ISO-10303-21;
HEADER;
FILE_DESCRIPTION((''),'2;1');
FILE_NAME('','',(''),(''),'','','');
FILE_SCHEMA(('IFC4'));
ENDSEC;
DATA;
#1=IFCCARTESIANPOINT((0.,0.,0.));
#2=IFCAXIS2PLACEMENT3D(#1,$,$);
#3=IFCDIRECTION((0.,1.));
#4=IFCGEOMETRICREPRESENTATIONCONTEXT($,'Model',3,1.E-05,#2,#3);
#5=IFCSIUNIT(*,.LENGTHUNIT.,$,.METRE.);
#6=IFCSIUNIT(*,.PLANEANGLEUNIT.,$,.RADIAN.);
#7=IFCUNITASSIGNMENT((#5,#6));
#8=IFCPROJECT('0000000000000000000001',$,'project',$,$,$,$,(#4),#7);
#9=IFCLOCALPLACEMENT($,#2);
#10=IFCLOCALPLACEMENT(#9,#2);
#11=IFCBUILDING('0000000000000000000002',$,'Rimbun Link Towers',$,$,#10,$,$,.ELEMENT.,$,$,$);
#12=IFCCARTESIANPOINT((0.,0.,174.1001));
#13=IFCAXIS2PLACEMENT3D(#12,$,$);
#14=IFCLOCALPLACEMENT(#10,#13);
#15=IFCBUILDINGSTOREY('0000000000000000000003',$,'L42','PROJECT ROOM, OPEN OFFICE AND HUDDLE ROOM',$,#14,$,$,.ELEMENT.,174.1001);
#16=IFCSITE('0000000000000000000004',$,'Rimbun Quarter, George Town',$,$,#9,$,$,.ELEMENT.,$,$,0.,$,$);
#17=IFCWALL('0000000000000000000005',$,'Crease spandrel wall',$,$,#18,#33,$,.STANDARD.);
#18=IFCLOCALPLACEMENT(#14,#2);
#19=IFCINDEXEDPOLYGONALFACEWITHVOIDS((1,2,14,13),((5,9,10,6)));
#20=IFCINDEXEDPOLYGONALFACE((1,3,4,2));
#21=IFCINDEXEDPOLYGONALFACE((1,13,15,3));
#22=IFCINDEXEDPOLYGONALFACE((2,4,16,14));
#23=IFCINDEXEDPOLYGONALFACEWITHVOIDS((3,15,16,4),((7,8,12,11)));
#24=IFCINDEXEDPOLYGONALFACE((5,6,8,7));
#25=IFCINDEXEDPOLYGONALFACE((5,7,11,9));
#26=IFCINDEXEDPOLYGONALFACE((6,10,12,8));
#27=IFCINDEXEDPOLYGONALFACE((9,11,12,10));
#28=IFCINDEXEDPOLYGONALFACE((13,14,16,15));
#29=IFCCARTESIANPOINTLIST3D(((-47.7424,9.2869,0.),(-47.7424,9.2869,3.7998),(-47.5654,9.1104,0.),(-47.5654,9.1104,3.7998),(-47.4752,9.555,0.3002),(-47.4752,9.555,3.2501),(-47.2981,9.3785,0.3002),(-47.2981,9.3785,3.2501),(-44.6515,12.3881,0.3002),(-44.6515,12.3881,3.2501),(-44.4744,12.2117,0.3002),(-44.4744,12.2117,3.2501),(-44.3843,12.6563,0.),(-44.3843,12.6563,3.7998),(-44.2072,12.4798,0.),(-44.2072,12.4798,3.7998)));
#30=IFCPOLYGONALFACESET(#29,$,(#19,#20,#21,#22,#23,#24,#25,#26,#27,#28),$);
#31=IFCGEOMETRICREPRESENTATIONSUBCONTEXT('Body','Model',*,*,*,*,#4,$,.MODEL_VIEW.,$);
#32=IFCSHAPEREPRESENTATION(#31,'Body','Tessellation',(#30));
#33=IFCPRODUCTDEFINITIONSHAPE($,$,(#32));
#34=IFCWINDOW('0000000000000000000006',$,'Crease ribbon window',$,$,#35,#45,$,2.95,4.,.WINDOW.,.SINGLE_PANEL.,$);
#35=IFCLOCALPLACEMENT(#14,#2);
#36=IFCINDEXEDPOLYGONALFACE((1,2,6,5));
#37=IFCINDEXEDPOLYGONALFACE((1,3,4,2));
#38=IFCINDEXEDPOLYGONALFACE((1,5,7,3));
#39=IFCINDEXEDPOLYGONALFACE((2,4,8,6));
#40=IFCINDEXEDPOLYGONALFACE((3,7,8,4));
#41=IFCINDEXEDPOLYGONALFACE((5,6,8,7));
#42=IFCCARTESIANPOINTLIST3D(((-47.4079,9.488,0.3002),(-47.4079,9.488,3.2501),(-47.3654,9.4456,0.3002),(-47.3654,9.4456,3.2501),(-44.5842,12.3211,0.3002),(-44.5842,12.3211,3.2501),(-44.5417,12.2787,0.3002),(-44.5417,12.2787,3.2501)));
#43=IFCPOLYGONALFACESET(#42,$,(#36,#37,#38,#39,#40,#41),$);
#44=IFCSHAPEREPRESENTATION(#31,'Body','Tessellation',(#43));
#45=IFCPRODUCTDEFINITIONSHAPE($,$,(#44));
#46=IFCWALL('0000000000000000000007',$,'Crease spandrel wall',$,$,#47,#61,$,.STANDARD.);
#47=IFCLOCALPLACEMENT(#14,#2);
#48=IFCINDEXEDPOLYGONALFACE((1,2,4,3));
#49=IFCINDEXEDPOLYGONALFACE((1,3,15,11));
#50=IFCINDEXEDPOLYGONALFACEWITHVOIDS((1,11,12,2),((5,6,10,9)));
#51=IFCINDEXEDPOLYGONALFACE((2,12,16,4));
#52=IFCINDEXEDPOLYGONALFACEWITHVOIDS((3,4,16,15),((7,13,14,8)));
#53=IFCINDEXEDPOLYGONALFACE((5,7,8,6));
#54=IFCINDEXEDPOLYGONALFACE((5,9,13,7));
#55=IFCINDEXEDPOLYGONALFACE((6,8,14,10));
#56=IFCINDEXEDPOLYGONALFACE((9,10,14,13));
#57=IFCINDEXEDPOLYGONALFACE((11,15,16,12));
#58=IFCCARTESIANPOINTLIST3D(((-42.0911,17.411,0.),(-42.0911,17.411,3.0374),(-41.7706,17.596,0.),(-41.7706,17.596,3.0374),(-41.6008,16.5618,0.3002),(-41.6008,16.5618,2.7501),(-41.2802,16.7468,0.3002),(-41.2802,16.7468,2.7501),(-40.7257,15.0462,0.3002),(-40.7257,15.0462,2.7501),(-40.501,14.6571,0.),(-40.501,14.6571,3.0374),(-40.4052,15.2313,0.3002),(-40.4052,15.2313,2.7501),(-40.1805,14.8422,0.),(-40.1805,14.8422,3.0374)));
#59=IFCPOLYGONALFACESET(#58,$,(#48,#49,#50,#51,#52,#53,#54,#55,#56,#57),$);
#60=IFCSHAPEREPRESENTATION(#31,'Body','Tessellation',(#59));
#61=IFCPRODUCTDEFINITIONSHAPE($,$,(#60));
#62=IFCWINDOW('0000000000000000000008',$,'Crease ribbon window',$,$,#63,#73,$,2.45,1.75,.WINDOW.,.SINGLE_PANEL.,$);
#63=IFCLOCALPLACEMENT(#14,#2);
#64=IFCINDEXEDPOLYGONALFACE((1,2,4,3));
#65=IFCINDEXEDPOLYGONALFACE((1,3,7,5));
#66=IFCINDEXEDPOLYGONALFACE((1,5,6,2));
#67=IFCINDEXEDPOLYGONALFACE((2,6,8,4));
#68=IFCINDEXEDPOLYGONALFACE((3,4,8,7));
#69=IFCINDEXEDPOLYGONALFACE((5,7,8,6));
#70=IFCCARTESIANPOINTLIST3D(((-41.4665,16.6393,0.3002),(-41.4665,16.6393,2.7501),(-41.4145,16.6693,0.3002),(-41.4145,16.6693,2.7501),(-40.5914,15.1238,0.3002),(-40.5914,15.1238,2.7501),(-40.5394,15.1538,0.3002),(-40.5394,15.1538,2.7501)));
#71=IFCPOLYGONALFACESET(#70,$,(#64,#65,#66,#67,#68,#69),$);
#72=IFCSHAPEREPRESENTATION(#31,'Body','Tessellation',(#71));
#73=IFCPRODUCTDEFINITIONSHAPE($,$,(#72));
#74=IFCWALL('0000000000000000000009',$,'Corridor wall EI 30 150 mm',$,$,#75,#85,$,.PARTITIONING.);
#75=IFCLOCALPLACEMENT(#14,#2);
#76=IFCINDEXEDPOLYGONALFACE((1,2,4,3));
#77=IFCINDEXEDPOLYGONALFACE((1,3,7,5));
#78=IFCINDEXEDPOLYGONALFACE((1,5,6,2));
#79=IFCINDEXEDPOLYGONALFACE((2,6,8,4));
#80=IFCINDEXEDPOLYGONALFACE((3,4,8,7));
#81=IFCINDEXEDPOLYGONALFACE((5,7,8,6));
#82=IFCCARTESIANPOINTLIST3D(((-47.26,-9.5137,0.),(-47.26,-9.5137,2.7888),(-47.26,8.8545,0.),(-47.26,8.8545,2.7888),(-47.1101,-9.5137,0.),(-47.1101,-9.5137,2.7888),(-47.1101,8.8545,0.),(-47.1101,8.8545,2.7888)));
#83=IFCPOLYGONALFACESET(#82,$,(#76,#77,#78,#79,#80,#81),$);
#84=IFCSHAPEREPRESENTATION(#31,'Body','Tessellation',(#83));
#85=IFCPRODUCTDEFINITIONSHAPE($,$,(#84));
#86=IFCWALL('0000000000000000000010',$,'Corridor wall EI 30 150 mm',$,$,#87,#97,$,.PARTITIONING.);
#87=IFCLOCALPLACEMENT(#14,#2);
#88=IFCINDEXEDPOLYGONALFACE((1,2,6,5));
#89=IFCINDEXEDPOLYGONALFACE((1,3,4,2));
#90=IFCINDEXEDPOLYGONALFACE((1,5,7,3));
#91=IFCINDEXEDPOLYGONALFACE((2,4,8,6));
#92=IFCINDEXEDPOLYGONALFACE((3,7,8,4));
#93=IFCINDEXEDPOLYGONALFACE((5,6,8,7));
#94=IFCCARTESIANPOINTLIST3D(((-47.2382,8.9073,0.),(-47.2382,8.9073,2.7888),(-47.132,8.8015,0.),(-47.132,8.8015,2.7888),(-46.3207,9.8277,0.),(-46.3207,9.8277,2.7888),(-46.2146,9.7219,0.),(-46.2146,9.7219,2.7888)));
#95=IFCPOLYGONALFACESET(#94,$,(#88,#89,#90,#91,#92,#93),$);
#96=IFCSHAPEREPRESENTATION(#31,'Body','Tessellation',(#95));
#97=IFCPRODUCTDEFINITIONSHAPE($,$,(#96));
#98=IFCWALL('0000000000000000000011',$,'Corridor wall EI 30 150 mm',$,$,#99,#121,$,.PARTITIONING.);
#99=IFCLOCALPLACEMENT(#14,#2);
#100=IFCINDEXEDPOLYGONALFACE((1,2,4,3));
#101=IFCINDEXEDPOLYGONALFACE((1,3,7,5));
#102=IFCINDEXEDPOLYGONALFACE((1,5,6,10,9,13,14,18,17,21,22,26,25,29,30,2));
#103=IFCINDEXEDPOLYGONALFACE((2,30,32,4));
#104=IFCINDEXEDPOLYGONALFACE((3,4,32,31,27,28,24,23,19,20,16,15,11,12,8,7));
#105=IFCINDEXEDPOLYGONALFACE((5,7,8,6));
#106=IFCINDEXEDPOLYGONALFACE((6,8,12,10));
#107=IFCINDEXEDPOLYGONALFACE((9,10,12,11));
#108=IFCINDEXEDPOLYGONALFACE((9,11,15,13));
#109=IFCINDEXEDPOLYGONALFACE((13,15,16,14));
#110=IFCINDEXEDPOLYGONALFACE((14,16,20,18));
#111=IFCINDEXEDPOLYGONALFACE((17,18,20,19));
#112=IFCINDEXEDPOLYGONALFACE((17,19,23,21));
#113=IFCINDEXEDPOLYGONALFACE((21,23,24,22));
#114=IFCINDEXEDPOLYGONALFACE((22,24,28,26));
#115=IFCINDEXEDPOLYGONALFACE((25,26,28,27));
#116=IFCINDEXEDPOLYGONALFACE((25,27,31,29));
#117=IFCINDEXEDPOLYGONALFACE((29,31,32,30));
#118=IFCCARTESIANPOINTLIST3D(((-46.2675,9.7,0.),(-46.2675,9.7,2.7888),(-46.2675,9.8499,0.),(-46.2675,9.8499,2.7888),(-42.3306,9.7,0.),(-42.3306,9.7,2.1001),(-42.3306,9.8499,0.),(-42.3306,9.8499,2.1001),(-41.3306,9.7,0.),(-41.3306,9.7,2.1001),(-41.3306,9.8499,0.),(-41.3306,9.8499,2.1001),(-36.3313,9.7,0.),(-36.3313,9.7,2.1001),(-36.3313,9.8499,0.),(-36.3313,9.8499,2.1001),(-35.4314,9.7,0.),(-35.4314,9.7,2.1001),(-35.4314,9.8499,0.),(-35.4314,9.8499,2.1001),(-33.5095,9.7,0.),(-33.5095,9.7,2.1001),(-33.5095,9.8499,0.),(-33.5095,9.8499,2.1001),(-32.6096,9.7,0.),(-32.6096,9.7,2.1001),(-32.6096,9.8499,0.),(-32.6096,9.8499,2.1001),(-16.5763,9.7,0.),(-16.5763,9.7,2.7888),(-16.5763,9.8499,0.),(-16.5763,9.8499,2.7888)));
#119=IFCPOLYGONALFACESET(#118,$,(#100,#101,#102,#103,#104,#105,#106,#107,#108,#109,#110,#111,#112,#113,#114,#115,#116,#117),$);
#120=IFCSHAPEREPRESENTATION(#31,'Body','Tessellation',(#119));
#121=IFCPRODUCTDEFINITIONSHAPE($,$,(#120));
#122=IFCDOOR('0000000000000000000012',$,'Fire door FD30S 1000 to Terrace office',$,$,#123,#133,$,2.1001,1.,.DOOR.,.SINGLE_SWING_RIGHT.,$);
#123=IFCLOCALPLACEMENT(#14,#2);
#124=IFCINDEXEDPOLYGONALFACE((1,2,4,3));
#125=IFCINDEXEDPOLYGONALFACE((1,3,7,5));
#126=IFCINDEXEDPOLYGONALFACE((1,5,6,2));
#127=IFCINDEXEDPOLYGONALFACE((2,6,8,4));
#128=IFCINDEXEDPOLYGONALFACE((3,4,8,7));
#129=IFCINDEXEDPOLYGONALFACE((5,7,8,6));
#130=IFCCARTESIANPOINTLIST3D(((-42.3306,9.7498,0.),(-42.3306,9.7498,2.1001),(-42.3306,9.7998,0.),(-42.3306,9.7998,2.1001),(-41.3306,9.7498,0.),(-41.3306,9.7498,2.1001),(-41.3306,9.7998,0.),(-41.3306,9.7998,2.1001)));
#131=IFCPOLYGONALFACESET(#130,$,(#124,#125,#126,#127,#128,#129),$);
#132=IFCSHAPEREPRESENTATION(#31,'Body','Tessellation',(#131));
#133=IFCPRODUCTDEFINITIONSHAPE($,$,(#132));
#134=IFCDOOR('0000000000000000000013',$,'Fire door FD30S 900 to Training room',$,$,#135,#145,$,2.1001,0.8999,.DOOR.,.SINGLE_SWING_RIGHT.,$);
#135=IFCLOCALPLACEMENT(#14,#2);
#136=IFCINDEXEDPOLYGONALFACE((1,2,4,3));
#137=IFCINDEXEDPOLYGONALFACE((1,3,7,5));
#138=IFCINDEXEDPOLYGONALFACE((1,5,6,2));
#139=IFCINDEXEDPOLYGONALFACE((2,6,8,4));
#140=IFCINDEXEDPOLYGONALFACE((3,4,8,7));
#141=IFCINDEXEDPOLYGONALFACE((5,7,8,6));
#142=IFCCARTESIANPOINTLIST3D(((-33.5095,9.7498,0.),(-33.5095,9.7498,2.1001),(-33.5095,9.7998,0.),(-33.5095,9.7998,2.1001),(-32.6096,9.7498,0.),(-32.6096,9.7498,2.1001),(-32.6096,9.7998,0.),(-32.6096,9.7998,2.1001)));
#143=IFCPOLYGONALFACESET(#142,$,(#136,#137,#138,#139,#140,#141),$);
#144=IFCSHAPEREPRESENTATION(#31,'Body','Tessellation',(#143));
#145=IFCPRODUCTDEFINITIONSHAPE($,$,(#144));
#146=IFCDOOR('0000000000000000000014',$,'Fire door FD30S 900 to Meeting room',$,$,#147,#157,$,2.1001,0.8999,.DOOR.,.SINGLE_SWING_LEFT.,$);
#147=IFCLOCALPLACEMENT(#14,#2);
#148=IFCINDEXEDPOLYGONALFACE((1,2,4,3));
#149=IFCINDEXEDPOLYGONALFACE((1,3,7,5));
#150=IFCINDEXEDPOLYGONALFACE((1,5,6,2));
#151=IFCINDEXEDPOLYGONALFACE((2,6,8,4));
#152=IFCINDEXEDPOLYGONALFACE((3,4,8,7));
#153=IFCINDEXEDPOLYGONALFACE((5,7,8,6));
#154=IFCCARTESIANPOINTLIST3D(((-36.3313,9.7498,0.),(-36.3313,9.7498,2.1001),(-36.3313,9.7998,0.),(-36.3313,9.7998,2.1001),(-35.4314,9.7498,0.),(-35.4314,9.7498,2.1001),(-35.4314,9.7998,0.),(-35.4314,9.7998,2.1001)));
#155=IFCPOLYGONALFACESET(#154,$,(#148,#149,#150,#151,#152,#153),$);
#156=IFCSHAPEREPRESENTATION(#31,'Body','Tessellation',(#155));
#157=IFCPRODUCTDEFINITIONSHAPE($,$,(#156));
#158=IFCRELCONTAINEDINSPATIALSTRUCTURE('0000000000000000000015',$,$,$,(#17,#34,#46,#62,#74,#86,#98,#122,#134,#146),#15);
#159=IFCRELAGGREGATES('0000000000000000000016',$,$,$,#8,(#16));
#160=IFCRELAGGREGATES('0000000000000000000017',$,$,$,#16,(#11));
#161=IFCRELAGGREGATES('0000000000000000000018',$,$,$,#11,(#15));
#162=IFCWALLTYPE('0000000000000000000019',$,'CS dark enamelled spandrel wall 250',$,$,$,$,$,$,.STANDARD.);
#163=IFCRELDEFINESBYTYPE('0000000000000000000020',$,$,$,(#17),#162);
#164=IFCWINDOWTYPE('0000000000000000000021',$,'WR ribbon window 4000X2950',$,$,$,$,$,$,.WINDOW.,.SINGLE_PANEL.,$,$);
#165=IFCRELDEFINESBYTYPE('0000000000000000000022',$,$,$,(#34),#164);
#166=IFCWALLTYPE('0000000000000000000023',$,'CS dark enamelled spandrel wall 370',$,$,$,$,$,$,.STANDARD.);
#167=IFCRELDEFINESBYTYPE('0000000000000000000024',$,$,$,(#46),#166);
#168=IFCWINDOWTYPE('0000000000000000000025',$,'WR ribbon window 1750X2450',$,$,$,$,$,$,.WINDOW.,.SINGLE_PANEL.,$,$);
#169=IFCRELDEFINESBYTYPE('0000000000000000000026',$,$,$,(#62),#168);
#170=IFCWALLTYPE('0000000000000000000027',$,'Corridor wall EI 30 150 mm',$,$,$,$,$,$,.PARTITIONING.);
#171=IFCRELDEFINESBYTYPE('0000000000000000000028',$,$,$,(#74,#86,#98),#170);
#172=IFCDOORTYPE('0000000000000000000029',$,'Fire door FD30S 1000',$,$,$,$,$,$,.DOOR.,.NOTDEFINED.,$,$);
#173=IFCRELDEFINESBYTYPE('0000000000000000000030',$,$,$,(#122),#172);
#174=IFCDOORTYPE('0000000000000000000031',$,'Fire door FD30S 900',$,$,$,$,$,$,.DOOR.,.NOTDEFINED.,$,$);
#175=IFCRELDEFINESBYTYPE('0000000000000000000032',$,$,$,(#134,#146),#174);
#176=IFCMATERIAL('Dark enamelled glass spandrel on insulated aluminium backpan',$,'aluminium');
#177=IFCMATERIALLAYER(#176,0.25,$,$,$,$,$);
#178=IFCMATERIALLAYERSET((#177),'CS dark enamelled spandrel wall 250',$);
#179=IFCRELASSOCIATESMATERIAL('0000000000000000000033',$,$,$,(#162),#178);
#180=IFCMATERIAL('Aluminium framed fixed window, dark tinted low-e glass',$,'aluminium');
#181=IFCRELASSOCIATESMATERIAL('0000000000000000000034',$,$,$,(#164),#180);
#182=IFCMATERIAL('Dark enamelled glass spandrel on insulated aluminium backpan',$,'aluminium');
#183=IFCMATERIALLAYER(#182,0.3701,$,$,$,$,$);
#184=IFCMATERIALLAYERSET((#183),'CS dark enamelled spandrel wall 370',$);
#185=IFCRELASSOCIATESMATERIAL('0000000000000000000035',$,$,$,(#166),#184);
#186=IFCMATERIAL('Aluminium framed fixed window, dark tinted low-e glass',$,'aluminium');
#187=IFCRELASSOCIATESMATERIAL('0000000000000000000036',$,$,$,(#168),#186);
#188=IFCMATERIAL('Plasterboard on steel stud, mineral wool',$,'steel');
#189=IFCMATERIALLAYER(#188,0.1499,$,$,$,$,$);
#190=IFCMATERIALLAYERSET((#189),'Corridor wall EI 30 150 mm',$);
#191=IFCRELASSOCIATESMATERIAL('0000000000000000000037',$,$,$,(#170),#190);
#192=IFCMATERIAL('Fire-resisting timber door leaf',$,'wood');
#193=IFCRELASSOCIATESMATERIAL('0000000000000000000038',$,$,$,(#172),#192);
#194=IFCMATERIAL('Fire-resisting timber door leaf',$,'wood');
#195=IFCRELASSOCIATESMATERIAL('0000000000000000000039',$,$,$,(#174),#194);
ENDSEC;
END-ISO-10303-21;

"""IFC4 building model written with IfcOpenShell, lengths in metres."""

from ifc_helpers import new_model, si_unit, direction, frame, frame_2d, origin, place, context, subcontext, project, spatial, rectangle, extrude, material, layer, layer_set, type_object, element, fill, save


model = new_model("IFC4")

# Units and contexts
model_context = context("Model", 3, precision=1e-05, world=origin(), true_north=direction((0.0, 1.0)))
body_context = subcontext(model_context, "Body", "Model", "MODEL_VIEW")
ifc_project = project(units=[si_unit("LENGTHUNIT", "METRE"), si_unit("PLANEANGLEUNIT", "RADIAN")], contexts=[model_context])

# Site, building, storey
site_placement = place(None, origin())
site = spatial("IfcSite", under=ifc_project, at=site_placement, Name="Rimbun Quarter, George Town", CompositionType="ELEMENT", RefElevation=0.0)
building_placement = place(site_placement, origin())
building = spatial("IfcBuilding", under=site, at=building_placement, Name="Rimbun Link Towers", CompositionType="ELEMENT")
storey_placement = place(building_placement, frame((0.0, 0.0, 174.1001)))
storey = spatial("IfcBuildingStorey", under=building, at=storey_placement, Name="L42", Description="PROJECT ROOM, OPEN OFFICE AND HUDDLE ROOM", CompositionType="ELEMENT", Elevation=174.1001)

# Walls, openings, windows
ifc_material_1 = material(Name="Dark enamelled glass spandrel on insulated aluminium backpan", Category="aluminium")
ifc_layer_1 = layer(ifc_material_1, 0.25)
ifc_layer_set_1 = layer_set([ifc_layer_1], Name="CS dark enamelled spandrel wall 250")
wall_type_1 = type_object("IfcWallType", Name="CS dark enamelled spandrel wall 250", PredefinedType="STANDARD", material=ifc_layer_set_1)
wall_1_placement = place(storey_placement, frame((-47.6538, 9.1987, 0.0), z_axis=(0.0, 0.0, 1.0), x_axis=(0.705925, 0.708286, 0.0)))
wall_1 = element("IfcWall", 1, at=wall_1_placement, inside=storey, type_object=wall_type_1, Name="Crease spandrel wall", PredefinedType="STANDARD", context=body_context, shape_type="SweptSolid", body=[
    extrude(rectangle(XDim=4.7571, YDim=0.25, at=frame_2d((2.3784, 0.0))), origin(), (0.0, 0.0, 1.0), 3.7998),
])
opening_1_placement = place(wall_1_placement, frame((0.3784, 0.0, 0.3)))
opening_1 = element("IfcOpeningElement", 2, at=opening_1_placement, cuts=wall_1, PredefinedType="OPENING", context=body_context, shape_type="SweptSolid", body=[
    extrude(rectangle(XDim=4.0, YDim=2.95, at=frame_2d((2.0, 1.4751))), frame((0.0, 0.135, 0.0), z_axis=(0.0, -1.0, 0.0), x_axis=(1.0, 0.0, 0.0)), (0.0, 0.0, 1.0), 0.27),
])
ifc_material_2 = material(Name="Aluminium framed fixed window, dark tinted low-e glass", Category="aluminium")
window_type_1 = type_object("IfcWindowType", Name="WR ribbon window 4000X2950", PartitioningType="SINGLE_PANEL", PredefinedType="WINDOW", material=ifc_material_2)
window_1_placement = place(opening_1_placement, origin())
window_1 = element("IfcWindow", 3, at=window_1_placement, inside=storey, type_object=window_type_1, Name="Crease ribbon window", OverallHeight=2.95, OverallWidth=4.0, PartitioningType="SINGLE_PANEL", PredefinedType="WINDOW", context=body_context, shape_type="SweptSolid", body=[
    extrude(rectangle(XDim=4.0, YDim=2.95, at=frame_2d((2.0, 1.4751))), frame((0.0, 0.03, 0.0), z_axis=(0.0, -1.0, 0.0), x_axis=(1.0, 0.0, 0.0)), (0.0, 0.0, 1.0), 0.0601),
])
fill(opening_1, window_1)
ifc_material_3 = material(Name="Dark enamelled glass spandrel on insulated aluminium backpan", Category="aluminium")
ifc_layer_2 = layer(ifc_material_3, 0.3701)
ifc_layer_set_2 = layer_set([ifc_layer_2], Name="CS dark enamelled spandrel wall 370")
wall_type_2 = type_object("IfcWallType", Name="CS dark enamelled spandrel wall 370", PredefinedType="STANDARD", material=ifc_layer_set_2)
wall_2_placement = place(storey_placement, frame((-40.3408, 14.7498, 0.0), z_axis=(0.0, 0.0, 1.0), x_axis=(-0.500028, 0.866009, 0.0)))
wall_2 = element("IfcWall", 4, at=wall_2_placement, inside=storey, type_object=wall_type_2, Name="Crease spandrel wall", PredefinedType="STANDARD", context=body_context, shape_type="SweptSolid", body=[
    extrude(rectangle(XDim=3.1799, YDim=0.3701, at=frame_2d((1.5898, 0.0))), origin(), (0.0, 0.0, 1.0), 3.0374),
])
opening_2_placement = place(wall_2_placement, frame((0.4492, 0.0, 0.3)))
opening_2 = element("IfcOpeningElement", 5, at=opening_2_placement, cuts=wall_2, PredefinedType="OPENING", context=body_context, shape_type="SweptSolid", body=[
    extrude(rectangle(XDim=1.75, YDim=2.45, at=frame_2d((0.875, 1.2251))), frame((0.0, 0.1951, 0.0), z_axis=(0.0, -1.0, 0.0), x_axis=(1.0, 0.0, 0.0)), (0.0, 0.0, 1.0), 0.3901),
])
ifc_material_4 = material(Name="Aluminium framed fixed window, dark tinted low-e glass", Category="aluminium")
window_type_2 = type_object("IfcWindowType", Name="WR ribbon window 1750X2450", PartitioningType="SINGLE_PANEL", PredefinedType="WINDOW", material=ifc_material_4)
window_2_placement = place(opening_2_placement, origin())
window_2 = element("IfcWindow", 6, at=window_2_placement, inside=storey, type_object=window_type_2, Name="Crease ribbon window", OverallHeight=2.45, OverallWidth=1.75, PartitioningType="SINGLE_PANEL", PredefinedType="WINDOW", context=body_context, shape_type="SweptSolid", body=[
    extrude(rectangle(XDim=1.75, YDim=2.45, at=frame_2d((0.875, 1.2251))), frame((0.0, 0.03, 0.0), z_axis=(0.0, -1.0, 0.0), x_axis=(1.0, 0.0, 0.0)), (0.0, 0.0, 1.0), 0.0601),
])
fill(opening_2, window_2)

# Walls
ifc_material_5 = material(Name="Plasterboard on steel stud, mineral wool", Category="steel")
ifc_layer_3 = layer(ifc_material_5, 0.1499)
ifc_layer_set_3 = layer_set([ifc_layer_3], Name="Corridor wall EI 30 150 mm")
wall_type_3 = type_object("IfcWallType", Name="Corridor wall EI 30 150 mm", PredefinedType="PARTITIONING", material=ifc_layer_set_3)
wall_3_placement = place(storey_placement, frame((-47.1851, 8.8545, 0.0), z_axis=(0.0, 0.0, 1.0), x_axis=(0.0, -1.0, 0.0)))
element("IfcWall", 7, at=wall_3_placement, inside=storey, type_object=wall_type_3, Name="Corridor wall EI 30 150 mm", PredefinedType="PARTITIONING", context=body_context, shape_type="SweptSolid", body=[
    extrude(rectangle(XDim=18.3682, YDim=0.1499, at=frame_2d((9.1841, 0.0))), origin(), (0.0, 0.0, 1.0), 2.7888),
])
wall_4_placement = place(storey_placement, frame((-46.2676, 9.7749, 0.0), z_axis=(0.0, 0.0, 1.0), x_axis=(-0.705979, -0.708233, 0.0)))
element("IfcWall", 8, at=wall_4_placement, inside=storey, type_object=wall_type_3, Name="Corridor wall EI 30 150 mm", PredefinedType="PARTITIONING", context=body_context, shape_type="SweptSolid", body=[
    extrude(rectangle(XDim=1.2996, YDim=0.1499, at=frame_2d((0.6499, 0.0))), origin(), (0.0, 0.0, 1.0), 2.7888),
])

# Wall, openings, doors
wall_5_placement = place(storey_placement, frame((-46.2676, 9.7749, 0.0), z_axis=(0.0, 0.0, 1.0), x_axis=(1.0, 0.0, 0.0)))
wall_5 = element("IfcWall", 9, at=wall_5_placement, inside=storey, type_object=wall_type_3, Name="Corridor wall EI 30 150 mm", PredefinedType="PARTITIONING", context=body_context, shape_type="SweptSolid", body=[
    extrude(rectangle(XDim=29.6912, YDim=0.1499, at=frame_2d((14.8457, 0.0))), origin(), (0.0, 0.0, 1.0), 2.7888),
])
opening_3_placement = place(wall_5_placement, frame((12.7581, 0.0, 0.0)))
opening_3 = element("IfcOpeningElement", 10, at=opening_3_placement, cuts=wall_5, PredefinedType="OPENING", context=body_context, shape_type="SweptSolid", body=[
    extrude(rectangle(XDim=0.8999, YDim=2.1001, at=frame_2d((0.45, 1.05))), frame((0.0, 0.085, 0.0), z_axis=(0.0, -1.0, 0.0), x_axis=(1.0, 0.0, 0.0)), (0.0, 0.0, 1.0), 0.1699),
])
opening_4_placement = place(wall_5_placement, frame((9.9363, 0.0, 0.0)))
opening_4 = element("IfcOpeningElement", 11, at=opening_4_placement, cuts=wall_5, PredefinedType="OPENING", context=body_context, shape_type="SweptSolid", body=[
    extrude(rectangle(XDim=0.8999, YDim=2.1001, at=frame_2d((0.45, 1.05))), frame((0.0, 0.085, 0.0), z_axis=(0.0, -1.0, 0.0), x_axis=(1.0, 0.0, 0.0)), (0.0, 0.0, 1.0), 0.1699),
])
opening_5_placement = place(wall_5_placement, frame((3.937, 0.0, 0.0)))
opening_5 = element("IfcOpeningElement", 12, at=opening_5_placement, cuts=wall_5, PredefinedType="OPENING", context=body_context, shape_type="SweptSolid", body=[
    extrude(rectangle(XDim=1.0, YDim=2.1001, at=frame_2d((0.5, 1.05))), frame((0.0, 0.085, 0.0), z_axis=(0.0, -1.0, 0.0), x_axis=(1.0, 0.0, 0.0)), (0.0, 0.0, 1.0), 0.1699),
])
ifc_material_6 = material(Name="Fire-resisting timber door leaf", Category="wood")
door_type_1 = type_object("IfcDoorType", Name="Fire door FD30S 1000", OperationType="NOTDEFINED", PredefinedType="DOOR", material=ifc_material_6)
door_1_placement = place(opening_5_placement, origin())
door_1 = element("IfcDoor", 13, at=door_1_placement, inside=storey, type_object=door_type_1, Name="Fire door FD30S 1000 to Terrace office", OperationType="SINGLE_SWING_RIGHT", OverallHeight=2.1001, OverallWidth=1.0, PredefinedType="DOOR", context=body_context, shape_type="SweptSolid", body=[
    extrude(rectangle(XDim=1.0, YDim=2.1001, at=frame_2d((0.5, 1.05))), frame((0.0, 0.0249, 0.0), z_axis=(0.0, -1.0, 0.0), x_axis=(1.0, 0.0, 0.0)), (0.0, 0.0, 1.0), 0.05),
])
fill(opening_5, door_1)
ifc_material_7 = material(Name="Fire-resisting timber door leaf", Category="wood")
door_type_2 = type_object("IfcDoorType", Name="Fire door FD30S 900", OperationType="NOTDEFINED", PredefinedType="DOOR", material=ifc_material_7)
door_2_placement = place(opening_3_placement, origin())
door_2 = element("IfcDoor", 14, at=door_2_placement, inside=storey, type_object=door_type_2, Name="Fire door FD30S 900 to Training room", OperationType="SINGLE_SWING_RIGHT", OverallHeight=2.1001, OverallWidth=0.8999, PredefinedType="DOOR", context=body_context, shape_type="SweptSolid", body=[
    extrude(rectangle(XDim=0.8999, YDim=2.1001, at=frame_2d((0.45, 1.05))), frame((0.0, 0.0249, 0.0), z_axis=(0.0, -1.0, 0.0), x_axis=(1.0, 0.0, 0.0)), (0.0, 0.0, 1.0), 0.05),
])
fill(opening_3, door_2)
door_3_placement = place(opening_4_placement, origin())
door_3 = element("IfcDoor", 15, at=door_3_placement, inside=storey, type_object=door_type_2, Name="Fire door FD30S 900 to Meeting room", OperationType="SINGLE_SWING_LEFT", OverallHeight=2.1001, OverallWidth=0.8999, PredefinedType="DOOR", context=body_context, shape_type="SweptSolid", body=[
    extrude(rectangle(XDim=0.8999, YDim=2.1001, at=frame_2d((0.45, 1.05))), frame((0.0, 0.0249, 0.0), z_axis=(0.0, -1.0, 0.0), x_axis=(1.0, 0.0, 0.0)), (0.0, 0.0, 1.0), 0.05),
])
fill(opening_4, door_3)

save(model, "model.ifc")
